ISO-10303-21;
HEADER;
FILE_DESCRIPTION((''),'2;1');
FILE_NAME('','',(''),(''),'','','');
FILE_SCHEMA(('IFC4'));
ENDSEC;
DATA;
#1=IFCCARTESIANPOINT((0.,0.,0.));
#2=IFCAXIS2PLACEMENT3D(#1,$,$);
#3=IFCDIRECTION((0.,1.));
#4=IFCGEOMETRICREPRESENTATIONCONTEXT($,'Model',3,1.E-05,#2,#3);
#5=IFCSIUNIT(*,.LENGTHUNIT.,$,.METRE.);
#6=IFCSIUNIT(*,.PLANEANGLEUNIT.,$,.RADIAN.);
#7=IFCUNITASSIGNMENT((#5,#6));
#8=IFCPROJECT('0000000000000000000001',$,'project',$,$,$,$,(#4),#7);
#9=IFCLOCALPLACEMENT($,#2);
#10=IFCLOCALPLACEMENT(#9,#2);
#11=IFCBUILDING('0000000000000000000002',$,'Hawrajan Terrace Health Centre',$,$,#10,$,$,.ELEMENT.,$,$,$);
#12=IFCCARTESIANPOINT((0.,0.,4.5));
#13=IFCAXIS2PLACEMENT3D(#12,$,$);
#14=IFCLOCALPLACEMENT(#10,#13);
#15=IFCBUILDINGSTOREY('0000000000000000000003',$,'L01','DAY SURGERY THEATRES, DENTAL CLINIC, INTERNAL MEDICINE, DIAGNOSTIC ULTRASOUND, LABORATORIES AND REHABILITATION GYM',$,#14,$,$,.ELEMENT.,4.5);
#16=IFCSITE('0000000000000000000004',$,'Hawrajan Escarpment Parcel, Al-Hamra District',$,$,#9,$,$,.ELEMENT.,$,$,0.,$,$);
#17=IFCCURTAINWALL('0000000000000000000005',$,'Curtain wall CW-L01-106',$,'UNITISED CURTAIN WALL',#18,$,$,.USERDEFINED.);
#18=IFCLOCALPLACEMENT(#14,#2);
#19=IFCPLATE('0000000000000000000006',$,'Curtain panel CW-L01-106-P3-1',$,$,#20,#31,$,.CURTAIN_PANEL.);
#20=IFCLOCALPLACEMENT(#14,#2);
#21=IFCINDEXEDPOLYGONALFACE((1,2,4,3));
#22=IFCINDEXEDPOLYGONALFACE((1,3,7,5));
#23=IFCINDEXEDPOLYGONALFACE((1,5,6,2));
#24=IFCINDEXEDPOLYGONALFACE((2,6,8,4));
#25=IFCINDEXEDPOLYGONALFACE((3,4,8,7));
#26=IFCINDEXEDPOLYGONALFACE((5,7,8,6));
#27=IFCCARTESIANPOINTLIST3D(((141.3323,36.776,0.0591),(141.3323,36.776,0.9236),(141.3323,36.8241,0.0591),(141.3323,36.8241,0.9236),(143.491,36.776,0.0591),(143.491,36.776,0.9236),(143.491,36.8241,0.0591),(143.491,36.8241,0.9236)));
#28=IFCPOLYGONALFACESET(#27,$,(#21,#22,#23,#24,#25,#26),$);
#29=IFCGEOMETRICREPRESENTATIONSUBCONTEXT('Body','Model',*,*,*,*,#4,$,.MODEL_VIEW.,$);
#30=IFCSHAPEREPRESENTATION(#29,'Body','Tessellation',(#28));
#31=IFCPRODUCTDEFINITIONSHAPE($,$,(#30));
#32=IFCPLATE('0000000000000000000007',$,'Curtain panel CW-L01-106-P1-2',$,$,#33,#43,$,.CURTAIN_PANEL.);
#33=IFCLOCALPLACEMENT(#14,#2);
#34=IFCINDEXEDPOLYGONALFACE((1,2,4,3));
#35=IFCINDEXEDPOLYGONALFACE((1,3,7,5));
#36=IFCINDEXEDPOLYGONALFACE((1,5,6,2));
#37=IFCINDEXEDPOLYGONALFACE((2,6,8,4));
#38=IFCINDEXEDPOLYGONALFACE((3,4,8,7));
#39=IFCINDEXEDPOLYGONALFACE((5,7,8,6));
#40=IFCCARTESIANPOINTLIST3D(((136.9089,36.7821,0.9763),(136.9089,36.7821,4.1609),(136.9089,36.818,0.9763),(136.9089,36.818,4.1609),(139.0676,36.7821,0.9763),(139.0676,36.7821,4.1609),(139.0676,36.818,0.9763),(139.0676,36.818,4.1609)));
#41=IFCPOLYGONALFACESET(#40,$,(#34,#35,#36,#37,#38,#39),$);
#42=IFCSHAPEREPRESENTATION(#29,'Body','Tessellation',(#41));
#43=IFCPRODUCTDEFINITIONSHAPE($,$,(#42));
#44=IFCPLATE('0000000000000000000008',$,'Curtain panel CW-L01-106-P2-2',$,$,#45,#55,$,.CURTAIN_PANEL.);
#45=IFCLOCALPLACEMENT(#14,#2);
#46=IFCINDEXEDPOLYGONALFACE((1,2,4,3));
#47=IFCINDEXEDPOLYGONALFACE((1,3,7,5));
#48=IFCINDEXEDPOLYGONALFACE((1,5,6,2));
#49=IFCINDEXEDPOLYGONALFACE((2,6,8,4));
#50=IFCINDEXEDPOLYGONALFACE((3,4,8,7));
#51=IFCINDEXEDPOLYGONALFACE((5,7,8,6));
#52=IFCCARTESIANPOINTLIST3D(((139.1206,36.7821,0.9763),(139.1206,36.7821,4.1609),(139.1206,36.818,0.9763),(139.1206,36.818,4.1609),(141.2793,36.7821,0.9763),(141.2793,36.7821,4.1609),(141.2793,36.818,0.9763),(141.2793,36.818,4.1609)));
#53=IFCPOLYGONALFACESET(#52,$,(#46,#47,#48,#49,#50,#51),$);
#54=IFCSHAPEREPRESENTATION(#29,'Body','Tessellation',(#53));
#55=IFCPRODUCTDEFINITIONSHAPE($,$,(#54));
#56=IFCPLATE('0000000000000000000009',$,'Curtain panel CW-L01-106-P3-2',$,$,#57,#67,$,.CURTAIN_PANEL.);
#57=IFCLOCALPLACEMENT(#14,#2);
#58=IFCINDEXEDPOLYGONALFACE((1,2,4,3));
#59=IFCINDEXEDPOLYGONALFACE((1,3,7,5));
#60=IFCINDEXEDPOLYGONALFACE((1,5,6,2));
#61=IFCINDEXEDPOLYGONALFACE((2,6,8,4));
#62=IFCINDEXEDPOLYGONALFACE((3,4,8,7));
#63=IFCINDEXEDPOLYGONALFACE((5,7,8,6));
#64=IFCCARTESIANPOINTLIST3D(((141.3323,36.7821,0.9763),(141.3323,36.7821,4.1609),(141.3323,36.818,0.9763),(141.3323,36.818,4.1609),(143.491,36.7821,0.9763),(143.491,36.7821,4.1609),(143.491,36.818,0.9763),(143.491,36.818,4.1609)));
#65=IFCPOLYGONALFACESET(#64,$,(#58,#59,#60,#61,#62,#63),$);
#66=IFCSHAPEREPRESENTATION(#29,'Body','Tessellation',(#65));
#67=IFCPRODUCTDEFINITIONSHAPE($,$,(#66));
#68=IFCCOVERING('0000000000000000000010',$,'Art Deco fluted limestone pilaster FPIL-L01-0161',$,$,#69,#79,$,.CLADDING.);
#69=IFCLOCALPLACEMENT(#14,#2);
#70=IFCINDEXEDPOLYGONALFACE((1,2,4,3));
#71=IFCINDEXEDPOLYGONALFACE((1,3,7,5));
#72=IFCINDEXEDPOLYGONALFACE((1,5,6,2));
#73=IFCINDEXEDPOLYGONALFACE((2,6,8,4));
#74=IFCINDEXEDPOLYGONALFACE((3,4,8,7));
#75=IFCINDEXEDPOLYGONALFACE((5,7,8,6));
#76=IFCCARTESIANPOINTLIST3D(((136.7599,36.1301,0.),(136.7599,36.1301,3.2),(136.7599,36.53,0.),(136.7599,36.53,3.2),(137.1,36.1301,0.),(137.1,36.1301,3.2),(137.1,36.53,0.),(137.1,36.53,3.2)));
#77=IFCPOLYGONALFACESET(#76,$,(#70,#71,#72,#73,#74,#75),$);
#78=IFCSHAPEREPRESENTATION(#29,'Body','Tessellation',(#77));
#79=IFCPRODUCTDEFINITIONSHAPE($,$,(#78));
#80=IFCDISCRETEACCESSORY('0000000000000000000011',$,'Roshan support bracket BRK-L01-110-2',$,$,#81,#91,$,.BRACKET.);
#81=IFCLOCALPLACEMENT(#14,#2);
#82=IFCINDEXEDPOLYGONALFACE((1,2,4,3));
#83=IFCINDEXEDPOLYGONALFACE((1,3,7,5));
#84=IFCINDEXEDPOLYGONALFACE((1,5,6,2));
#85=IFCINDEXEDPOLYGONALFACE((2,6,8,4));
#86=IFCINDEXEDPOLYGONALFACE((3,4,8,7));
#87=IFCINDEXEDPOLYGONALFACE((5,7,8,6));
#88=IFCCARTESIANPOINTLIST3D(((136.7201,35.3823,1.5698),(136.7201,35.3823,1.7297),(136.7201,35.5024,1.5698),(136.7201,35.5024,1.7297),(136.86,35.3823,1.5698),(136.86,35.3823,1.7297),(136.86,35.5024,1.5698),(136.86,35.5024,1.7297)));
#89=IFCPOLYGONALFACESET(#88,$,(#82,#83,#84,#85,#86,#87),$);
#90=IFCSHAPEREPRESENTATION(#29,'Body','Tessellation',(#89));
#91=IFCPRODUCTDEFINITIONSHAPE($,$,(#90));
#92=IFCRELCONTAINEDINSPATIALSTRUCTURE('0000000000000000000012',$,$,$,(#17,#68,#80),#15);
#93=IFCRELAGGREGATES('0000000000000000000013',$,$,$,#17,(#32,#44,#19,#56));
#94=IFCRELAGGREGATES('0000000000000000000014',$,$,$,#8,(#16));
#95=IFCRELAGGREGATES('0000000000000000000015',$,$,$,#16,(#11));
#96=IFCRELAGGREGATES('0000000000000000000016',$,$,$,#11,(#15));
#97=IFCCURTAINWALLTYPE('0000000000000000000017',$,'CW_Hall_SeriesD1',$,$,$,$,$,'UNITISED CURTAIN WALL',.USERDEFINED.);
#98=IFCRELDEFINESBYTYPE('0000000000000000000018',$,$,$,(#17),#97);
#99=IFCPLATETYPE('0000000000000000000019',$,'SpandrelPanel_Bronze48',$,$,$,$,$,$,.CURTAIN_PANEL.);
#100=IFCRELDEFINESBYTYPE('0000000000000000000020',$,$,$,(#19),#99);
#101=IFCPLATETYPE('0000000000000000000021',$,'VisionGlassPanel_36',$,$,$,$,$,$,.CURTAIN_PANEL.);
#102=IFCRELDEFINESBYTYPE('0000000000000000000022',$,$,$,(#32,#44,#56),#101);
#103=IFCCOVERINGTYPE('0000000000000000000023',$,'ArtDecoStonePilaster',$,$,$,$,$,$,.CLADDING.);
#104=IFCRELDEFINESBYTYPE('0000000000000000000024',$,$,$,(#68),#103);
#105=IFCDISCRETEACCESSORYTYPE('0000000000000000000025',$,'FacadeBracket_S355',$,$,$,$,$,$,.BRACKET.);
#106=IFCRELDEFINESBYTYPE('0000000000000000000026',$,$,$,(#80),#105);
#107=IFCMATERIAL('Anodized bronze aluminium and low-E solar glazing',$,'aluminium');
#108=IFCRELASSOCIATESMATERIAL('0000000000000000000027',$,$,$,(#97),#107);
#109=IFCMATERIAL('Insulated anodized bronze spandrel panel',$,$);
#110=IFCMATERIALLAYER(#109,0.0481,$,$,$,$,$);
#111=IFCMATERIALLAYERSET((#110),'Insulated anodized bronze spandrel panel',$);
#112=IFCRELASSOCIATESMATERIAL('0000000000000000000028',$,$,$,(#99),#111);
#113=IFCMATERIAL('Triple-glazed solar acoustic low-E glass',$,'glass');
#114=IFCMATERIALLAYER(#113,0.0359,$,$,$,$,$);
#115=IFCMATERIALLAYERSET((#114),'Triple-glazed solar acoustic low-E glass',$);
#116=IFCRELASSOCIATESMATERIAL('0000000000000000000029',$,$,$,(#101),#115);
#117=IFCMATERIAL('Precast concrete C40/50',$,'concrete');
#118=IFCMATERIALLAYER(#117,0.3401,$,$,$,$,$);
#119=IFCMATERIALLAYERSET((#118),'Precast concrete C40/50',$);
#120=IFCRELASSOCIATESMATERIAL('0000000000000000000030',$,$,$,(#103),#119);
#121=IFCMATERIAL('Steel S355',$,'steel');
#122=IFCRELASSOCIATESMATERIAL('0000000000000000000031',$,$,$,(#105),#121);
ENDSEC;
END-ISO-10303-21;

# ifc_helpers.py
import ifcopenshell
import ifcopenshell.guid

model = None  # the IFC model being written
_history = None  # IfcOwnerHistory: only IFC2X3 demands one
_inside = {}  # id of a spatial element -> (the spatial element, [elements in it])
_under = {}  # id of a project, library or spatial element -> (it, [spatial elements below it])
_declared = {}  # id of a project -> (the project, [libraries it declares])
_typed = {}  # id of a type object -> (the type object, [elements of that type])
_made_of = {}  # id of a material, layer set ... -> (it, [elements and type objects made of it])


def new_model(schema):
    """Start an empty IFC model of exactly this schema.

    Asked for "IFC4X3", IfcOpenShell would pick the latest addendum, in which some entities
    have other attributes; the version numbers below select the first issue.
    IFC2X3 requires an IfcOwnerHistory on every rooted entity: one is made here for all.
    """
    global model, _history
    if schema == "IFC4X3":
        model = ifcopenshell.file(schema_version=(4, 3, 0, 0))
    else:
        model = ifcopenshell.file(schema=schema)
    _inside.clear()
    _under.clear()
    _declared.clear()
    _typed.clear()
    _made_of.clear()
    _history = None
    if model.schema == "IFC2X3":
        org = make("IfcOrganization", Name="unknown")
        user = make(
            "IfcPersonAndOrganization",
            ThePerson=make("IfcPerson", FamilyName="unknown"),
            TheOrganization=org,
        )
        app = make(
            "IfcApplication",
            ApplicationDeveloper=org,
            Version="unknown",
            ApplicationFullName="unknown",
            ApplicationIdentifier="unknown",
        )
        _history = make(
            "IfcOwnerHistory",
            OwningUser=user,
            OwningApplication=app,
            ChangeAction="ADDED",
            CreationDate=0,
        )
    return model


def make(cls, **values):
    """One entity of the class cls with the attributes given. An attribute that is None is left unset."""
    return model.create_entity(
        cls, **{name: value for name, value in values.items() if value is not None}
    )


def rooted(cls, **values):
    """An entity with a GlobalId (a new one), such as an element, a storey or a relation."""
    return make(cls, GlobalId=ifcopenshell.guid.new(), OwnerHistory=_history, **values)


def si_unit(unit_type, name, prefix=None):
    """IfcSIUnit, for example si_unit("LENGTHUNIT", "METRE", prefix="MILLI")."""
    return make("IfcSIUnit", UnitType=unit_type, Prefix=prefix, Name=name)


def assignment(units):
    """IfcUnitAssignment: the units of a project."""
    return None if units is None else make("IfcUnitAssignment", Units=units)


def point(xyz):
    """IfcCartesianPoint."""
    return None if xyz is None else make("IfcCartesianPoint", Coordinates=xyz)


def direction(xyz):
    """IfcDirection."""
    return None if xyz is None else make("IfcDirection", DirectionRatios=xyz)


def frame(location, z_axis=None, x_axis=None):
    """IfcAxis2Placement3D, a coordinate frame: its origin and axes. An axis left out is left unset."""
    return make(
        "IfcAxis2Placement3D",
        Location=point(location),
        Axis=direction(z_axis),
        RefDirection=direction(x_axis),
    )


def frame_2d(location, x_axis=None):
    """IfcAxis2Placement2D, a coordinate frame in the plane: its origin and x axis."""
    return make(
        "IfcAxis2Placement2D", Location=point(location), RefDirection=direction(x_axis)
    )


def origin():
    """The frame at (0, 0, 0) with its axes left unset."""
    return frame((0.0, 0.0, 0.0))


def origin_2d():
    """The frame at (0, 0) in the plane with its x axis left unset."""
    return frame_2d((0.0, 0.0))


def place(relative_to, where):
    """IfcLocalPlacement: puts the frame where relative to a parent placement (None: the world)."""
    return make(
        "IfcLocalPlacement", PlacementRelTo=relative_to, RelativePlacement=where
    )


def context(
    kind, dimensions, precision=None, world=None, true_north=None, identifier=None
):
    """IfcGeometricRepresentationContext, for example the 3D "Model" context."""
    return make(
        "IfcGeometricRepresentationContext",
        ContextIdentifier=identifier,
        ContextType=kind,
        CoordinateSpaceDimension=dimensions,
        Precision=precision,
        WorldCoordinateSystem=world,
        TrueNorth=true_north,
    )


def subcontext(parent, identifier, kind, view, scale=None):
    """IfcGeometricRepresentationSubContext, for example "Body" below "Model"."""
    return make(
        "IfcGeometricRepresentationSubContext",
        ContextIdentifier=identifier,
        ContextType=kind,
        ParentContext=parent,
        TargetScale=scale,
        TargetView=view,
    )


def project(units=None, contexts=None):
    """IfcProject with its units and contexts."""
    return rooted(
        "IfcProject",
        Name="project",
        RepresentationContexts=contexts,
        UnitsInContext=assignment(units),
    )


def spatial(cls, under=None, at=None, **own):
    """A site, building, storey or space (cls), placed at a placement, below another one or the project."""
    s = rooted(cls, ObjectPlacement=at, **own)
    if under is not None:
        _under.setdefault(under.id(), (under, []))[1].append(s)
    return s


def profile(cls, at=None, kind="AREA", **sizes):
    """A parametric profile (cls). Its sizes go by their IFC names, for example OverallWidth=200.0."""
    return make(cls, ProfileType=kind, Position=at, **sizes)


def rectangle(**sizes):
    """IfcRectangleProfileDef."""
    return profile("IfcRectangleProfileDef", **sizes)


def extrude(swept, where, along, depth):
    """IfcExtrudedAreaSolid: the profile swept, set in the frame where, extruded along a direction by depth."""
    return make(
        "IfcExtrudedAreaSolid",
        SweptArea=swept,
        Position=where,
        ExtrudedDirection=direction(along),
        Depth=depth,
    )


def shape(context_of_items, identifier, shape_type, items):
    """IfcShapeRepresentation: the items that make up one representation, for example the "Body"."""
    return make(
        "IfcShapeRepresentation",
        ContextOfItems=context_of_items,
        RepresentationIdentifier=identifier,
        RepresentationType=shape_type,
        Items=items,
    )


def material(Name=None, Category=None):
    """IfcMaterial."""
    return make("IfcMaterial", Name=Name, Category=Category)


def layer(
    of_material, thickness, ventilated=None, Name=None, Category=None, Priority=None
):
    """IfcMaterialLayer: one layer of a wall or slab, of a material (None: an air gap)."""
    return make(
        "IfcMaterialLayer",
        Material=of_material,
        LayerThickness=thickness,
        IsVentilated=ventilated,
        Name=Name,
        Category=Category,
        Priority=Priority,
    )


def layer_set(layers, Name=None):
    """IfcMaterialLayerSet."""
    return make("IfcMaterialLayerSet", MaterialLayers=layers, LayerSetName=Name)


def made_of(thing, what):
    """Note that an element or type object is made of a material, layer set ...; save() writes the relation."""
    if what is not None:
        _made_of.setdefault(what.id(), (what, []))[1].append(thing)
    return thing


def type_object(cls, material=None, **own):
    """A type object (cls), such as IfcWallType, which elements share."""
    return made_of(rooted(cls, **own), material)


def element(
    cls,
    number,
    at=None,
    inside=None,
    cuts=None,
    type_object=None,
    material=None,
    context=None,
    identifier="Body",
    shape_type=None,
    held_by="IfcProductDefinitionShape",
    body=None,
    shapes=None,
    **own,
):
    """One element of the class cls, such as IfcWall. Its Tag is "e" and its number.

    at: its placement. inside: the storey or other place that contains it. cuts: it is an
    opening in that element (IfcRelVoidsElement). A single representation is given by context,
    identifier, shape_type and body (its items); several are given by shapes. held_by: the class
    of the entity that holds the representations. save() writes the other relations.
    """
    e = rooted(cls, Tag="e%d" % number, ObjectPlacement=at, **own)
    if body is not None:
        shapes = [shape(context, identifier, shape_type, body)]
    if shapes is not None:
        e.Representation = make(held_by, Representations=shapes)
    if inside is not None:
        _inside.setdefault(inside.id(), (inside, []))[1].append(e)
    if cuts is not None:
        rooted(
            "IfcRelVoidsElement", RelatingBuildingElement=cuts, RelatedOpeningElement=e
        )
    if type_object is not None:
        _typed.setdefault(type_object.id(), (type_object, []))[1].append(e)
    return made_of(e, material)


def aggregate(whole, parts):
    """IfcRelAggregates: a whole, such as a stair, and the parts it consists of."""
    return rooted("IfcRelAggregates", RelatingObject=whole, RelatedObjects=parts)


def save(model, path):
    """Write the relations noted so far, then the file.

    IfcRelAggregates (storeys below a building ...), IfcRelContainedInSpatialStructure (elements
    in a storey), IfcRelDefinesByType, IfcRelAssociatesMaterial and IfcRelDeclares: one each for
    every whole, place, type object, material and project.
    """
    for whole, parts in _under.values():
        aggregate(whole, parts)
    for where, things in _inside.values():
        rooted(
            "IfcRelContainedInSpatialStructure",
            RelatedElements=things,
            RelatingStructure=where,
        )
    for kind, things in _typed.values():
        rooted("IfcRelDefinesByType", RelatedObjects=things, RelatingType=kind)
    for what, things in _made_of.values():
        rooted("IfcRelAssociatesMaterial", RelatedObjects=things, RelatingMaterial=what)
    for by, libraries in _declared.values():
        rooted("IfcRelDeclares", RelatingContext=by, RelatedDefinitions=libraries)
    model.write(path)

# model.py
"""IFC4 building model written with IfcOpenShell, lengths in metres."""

from ifc_helpers import new_model, si_unit, direction, frame, origin, origin_2d, place, context, subcontext, project, spatial, rectangle, extrude, material, layer, layer_set, type_object, element, aggregate, save


model = new_model("IFC4")

# Units and contexts
model_context = context("Model", 3, precision=1e-05, world=origin(), true_north=direction((0.0, 1.0)))
body_context = subcontext(model_context, "Body", "Model", "MODEL_VIEW")
ifc_project = project(units=[si_unit("LENGTHUNIT", "METRE"), si_unit("PLANEANGLEUNIT", "RADIAN")], contexts=[model_context])

# Site, building, storey
site_placement = place(None, origin())
site = spatial("IfcSite", under=ifc_project, at=site_placement, Name="Hawrajan Escarpment Parcel, Al-Hamra District", CompositionType="ELEMENT", RefElevation=0.0)
building_placement = place(site_placement, origin())
building = spatial("IfcBuilding", under=site, at=building_placement, Name="Hawrajan Terrace Health Centre", CompositionType="ELEMENT")
storey_placement = place(building_placement, frame((0.0, 0.0, 4.5)))
storey = spatial("IfcBuildingStorey", under=building, at=storey_placement, Name="L01", Description="DAY SURGERY THEATRES, DENTAL CLINIC, INTERNAL MEDICINE, DIAGNOSTIC ULTRASOUND, LABORATORIES AND REHABILITATION GYM", CompositionType="ELEMENT", Elevation=4.5)

# Curtain wall
ifc_material_1 = material(Name="Anodized bronze aluminium and low-E solar glazing", Category="aluminium")
curtain_wall_type = type_object("IfcCurtainWallType", Name="CW_Hall_SeriesD1", ElementType="UNITISED CURTAIN WALL", PredefinedType="USERDEFINED", material=ifc_material_1)
curtain_wall_placement = place(storey_placement, origin())
curtain_wall = element("IfcCurtainWall", 1, at=curtain_wall_placement, inside=storey, type_object=curtain_wall_type, Name="Curtain wall CW-L01-106", ObjectType="UNITISED CURTAIN WALL", PredefinedType="USERDEFINED")

# Shared definitions
ifc_material_2 = material(Name="Steel S355", Category="steel")

# Plates
ifc_material_3 = material(Name="Insulated anodized bronze spandrel panel")
ifc_layer_1 = layer(ifc_material_3, 0.0481)
ifc_layer_set_1 = layer_set([ifc_layer_1], Name="Insulated anodized bronze spandrel panel")
plate_type_1 = type_object("IfcPlateType", Name="SpandrelPanel_Bronze48", PredefinedType="CURTAIN_PANEL", material=ifc_layer_set_1)
plate_1_placement = place(storey_placement, frame((142.4116, 36.8, 0.0591), z_axis=(0.0, 0.0, 1.0), x_axis=(1.0, 0.0, 0.0)))
plate_1 = element("IfcPlate", 2, at=plate_1_placement, type_object=plate_type_1, Name="Curtain panel CW-L01-106-P3-1", PredefinedType="CURTAIN_PANEL", context=body_context, shape_type="SweptSolid", body=[
    extrude(rectangle(XDim=2.1587, YDim=0.0481, at=origin_2d()), origin(), (0.0, 0.0, 1.0), 0.8645),
])
ifc_material_4 = material(Name="Triple-glazed solar acoustic low-E glass", Category="glass")
ifc_layer_2 = layer(ifc_material_4, 0.0359)
ifc_layer_set_2 = layer_set([ifc_layer_2], Name="Triple-glazed solar acoustic low-E glass")
plate_type_2 = type_object("IfcPlateType", Name="VisionGlassPanel_36", PredefinedType="CURTAIN_PANEL", material=ifc_layer_set_2)
plate_2_placement = place(storey_placement, frame((137.9883, 36.8, 0.9763), z_axis=(0.0, 0.0, 1.0), x_axis=(1.0, 0.0, 0.0)))
plate_2 = element("IfcPlate", 3, at=plate_2_placement, type_object=plate_type_2, Name="Curtain panel CW-L01-106-P1-2", PredefinedType="CURTAIN_PANEL", context=body_context, shape_type="SweptSolid", body=[
    extrude(rectangle(XDim=2.1587, YDim=0.0359, at=origin_2d()), origin(), (0.0, 0.0, 1.0), 3.1846),
])
plate_3_placement = place(storey_placement, frame((140.2, 36.8, 0.9763), z_axis=(0.0, 0.0, 1.0), x_axis=(1.0, 0.0, 0.0)))
plate_3 = element("IfcPlate", 4, at=plate_3_placement, type_object=plate_type_2, Name="Curtain panel CW-L01-106-P2-2", PredefinedType="CURTAIN_PANEL", context=body_context, shape_type="SweptSolid", body=[
    extrude(rectangle(XDim=2.1587, YDim=0.0359, at=origin_2d()), origin(), (0.0, 0.0, 1.0), 3.1846),
])
plate_4_placement = place(storey_placement, frame((142.4116, 36.8, 0.9763), z_axis=(0.0, 0.0, 1.0), x_axis=(1.0, 0.0, 0.0)))
plate_4 = element("IfcPlate", 5, at=plate_4_placement, type_object=plate_type_2, Name="Curtain panel CW-L01-106-P3-2", PredefinedType="CURTAIN_PANEL", context=body_context, shape_type="SweptSolid", body=[
    extrude(rectangle(XDim=2.1587, YDim=0.0359, at=origin_2d()), origin(), (0.0, 0.0, 1.0), 3.1846),
])
aggregate(curtain_wall, [plate_2, plate_3, plate_1, plate_4])

# Covering
ifc_material_5 = material(Name="Precast concrete C40/50", Category="concrete")
ifc_layer_3 = layer(ifc_material_5, 0.3401)
ifc_layer_set_3 = layer_set([ifc_layer_3], Name="Precast concrete C40/50")
covering_type = type_object("IfcCoveringType", Name="ArtDecoStonePilaster", PredefinedType="CLADDING", material=ifc_layer_set_3)
covering_placement = place(storey_placement, frame((136.9299, 36.3301, 0.0), z_axis=(0.0, 0.0, 1.0), x_axis=(0.0, 1.0, 0.0)))
element("IfcCovering", 6, at=covering_placement, inside=storey, type_object=covering_type, Name="Art Deco fluted limestone pilaster FPIL-L01-0161", PredefinedType="CLADDING", context=body_context, shape_type="SweptSolid", body=[
    extrude(rectangle(XDim=0.3999, YDim=0.3401, at=origin_2d()), origin(), (0.0, 0.0, 1.0), 3.2),
])

# Discrete accessory
discrete_accessory_type = type_object("IfcDiscreteAccessoryType", Name="FacadeBracket_S355", PredefinedType="BRACKET", material=ifc_material_2)
discrete_accessory_placement = place(storey_placement, frame((136.79, 35.4424, 1.5698), z_axis=(0.0, 0.0, 1.0), x_axis=(0.0, 1.0, 0.0)))
element("IfcDiscreteAccessory", 7, at=discrete_accessory_placement, inside=storey, type_object=discrete_accessory_type, Name="Roshan support bracket BRK-L01-110-2", PredefinedType="BRACKET", context=body_context, shape_type="SweptSolid", body=[
    extrude(rectangle(XDim=0.1201, YDim=0.1399, at=origin_2d()), origin(), (0.0, 0.0, 1.0), 0.1599),
])

save(model, "model.ifc")
